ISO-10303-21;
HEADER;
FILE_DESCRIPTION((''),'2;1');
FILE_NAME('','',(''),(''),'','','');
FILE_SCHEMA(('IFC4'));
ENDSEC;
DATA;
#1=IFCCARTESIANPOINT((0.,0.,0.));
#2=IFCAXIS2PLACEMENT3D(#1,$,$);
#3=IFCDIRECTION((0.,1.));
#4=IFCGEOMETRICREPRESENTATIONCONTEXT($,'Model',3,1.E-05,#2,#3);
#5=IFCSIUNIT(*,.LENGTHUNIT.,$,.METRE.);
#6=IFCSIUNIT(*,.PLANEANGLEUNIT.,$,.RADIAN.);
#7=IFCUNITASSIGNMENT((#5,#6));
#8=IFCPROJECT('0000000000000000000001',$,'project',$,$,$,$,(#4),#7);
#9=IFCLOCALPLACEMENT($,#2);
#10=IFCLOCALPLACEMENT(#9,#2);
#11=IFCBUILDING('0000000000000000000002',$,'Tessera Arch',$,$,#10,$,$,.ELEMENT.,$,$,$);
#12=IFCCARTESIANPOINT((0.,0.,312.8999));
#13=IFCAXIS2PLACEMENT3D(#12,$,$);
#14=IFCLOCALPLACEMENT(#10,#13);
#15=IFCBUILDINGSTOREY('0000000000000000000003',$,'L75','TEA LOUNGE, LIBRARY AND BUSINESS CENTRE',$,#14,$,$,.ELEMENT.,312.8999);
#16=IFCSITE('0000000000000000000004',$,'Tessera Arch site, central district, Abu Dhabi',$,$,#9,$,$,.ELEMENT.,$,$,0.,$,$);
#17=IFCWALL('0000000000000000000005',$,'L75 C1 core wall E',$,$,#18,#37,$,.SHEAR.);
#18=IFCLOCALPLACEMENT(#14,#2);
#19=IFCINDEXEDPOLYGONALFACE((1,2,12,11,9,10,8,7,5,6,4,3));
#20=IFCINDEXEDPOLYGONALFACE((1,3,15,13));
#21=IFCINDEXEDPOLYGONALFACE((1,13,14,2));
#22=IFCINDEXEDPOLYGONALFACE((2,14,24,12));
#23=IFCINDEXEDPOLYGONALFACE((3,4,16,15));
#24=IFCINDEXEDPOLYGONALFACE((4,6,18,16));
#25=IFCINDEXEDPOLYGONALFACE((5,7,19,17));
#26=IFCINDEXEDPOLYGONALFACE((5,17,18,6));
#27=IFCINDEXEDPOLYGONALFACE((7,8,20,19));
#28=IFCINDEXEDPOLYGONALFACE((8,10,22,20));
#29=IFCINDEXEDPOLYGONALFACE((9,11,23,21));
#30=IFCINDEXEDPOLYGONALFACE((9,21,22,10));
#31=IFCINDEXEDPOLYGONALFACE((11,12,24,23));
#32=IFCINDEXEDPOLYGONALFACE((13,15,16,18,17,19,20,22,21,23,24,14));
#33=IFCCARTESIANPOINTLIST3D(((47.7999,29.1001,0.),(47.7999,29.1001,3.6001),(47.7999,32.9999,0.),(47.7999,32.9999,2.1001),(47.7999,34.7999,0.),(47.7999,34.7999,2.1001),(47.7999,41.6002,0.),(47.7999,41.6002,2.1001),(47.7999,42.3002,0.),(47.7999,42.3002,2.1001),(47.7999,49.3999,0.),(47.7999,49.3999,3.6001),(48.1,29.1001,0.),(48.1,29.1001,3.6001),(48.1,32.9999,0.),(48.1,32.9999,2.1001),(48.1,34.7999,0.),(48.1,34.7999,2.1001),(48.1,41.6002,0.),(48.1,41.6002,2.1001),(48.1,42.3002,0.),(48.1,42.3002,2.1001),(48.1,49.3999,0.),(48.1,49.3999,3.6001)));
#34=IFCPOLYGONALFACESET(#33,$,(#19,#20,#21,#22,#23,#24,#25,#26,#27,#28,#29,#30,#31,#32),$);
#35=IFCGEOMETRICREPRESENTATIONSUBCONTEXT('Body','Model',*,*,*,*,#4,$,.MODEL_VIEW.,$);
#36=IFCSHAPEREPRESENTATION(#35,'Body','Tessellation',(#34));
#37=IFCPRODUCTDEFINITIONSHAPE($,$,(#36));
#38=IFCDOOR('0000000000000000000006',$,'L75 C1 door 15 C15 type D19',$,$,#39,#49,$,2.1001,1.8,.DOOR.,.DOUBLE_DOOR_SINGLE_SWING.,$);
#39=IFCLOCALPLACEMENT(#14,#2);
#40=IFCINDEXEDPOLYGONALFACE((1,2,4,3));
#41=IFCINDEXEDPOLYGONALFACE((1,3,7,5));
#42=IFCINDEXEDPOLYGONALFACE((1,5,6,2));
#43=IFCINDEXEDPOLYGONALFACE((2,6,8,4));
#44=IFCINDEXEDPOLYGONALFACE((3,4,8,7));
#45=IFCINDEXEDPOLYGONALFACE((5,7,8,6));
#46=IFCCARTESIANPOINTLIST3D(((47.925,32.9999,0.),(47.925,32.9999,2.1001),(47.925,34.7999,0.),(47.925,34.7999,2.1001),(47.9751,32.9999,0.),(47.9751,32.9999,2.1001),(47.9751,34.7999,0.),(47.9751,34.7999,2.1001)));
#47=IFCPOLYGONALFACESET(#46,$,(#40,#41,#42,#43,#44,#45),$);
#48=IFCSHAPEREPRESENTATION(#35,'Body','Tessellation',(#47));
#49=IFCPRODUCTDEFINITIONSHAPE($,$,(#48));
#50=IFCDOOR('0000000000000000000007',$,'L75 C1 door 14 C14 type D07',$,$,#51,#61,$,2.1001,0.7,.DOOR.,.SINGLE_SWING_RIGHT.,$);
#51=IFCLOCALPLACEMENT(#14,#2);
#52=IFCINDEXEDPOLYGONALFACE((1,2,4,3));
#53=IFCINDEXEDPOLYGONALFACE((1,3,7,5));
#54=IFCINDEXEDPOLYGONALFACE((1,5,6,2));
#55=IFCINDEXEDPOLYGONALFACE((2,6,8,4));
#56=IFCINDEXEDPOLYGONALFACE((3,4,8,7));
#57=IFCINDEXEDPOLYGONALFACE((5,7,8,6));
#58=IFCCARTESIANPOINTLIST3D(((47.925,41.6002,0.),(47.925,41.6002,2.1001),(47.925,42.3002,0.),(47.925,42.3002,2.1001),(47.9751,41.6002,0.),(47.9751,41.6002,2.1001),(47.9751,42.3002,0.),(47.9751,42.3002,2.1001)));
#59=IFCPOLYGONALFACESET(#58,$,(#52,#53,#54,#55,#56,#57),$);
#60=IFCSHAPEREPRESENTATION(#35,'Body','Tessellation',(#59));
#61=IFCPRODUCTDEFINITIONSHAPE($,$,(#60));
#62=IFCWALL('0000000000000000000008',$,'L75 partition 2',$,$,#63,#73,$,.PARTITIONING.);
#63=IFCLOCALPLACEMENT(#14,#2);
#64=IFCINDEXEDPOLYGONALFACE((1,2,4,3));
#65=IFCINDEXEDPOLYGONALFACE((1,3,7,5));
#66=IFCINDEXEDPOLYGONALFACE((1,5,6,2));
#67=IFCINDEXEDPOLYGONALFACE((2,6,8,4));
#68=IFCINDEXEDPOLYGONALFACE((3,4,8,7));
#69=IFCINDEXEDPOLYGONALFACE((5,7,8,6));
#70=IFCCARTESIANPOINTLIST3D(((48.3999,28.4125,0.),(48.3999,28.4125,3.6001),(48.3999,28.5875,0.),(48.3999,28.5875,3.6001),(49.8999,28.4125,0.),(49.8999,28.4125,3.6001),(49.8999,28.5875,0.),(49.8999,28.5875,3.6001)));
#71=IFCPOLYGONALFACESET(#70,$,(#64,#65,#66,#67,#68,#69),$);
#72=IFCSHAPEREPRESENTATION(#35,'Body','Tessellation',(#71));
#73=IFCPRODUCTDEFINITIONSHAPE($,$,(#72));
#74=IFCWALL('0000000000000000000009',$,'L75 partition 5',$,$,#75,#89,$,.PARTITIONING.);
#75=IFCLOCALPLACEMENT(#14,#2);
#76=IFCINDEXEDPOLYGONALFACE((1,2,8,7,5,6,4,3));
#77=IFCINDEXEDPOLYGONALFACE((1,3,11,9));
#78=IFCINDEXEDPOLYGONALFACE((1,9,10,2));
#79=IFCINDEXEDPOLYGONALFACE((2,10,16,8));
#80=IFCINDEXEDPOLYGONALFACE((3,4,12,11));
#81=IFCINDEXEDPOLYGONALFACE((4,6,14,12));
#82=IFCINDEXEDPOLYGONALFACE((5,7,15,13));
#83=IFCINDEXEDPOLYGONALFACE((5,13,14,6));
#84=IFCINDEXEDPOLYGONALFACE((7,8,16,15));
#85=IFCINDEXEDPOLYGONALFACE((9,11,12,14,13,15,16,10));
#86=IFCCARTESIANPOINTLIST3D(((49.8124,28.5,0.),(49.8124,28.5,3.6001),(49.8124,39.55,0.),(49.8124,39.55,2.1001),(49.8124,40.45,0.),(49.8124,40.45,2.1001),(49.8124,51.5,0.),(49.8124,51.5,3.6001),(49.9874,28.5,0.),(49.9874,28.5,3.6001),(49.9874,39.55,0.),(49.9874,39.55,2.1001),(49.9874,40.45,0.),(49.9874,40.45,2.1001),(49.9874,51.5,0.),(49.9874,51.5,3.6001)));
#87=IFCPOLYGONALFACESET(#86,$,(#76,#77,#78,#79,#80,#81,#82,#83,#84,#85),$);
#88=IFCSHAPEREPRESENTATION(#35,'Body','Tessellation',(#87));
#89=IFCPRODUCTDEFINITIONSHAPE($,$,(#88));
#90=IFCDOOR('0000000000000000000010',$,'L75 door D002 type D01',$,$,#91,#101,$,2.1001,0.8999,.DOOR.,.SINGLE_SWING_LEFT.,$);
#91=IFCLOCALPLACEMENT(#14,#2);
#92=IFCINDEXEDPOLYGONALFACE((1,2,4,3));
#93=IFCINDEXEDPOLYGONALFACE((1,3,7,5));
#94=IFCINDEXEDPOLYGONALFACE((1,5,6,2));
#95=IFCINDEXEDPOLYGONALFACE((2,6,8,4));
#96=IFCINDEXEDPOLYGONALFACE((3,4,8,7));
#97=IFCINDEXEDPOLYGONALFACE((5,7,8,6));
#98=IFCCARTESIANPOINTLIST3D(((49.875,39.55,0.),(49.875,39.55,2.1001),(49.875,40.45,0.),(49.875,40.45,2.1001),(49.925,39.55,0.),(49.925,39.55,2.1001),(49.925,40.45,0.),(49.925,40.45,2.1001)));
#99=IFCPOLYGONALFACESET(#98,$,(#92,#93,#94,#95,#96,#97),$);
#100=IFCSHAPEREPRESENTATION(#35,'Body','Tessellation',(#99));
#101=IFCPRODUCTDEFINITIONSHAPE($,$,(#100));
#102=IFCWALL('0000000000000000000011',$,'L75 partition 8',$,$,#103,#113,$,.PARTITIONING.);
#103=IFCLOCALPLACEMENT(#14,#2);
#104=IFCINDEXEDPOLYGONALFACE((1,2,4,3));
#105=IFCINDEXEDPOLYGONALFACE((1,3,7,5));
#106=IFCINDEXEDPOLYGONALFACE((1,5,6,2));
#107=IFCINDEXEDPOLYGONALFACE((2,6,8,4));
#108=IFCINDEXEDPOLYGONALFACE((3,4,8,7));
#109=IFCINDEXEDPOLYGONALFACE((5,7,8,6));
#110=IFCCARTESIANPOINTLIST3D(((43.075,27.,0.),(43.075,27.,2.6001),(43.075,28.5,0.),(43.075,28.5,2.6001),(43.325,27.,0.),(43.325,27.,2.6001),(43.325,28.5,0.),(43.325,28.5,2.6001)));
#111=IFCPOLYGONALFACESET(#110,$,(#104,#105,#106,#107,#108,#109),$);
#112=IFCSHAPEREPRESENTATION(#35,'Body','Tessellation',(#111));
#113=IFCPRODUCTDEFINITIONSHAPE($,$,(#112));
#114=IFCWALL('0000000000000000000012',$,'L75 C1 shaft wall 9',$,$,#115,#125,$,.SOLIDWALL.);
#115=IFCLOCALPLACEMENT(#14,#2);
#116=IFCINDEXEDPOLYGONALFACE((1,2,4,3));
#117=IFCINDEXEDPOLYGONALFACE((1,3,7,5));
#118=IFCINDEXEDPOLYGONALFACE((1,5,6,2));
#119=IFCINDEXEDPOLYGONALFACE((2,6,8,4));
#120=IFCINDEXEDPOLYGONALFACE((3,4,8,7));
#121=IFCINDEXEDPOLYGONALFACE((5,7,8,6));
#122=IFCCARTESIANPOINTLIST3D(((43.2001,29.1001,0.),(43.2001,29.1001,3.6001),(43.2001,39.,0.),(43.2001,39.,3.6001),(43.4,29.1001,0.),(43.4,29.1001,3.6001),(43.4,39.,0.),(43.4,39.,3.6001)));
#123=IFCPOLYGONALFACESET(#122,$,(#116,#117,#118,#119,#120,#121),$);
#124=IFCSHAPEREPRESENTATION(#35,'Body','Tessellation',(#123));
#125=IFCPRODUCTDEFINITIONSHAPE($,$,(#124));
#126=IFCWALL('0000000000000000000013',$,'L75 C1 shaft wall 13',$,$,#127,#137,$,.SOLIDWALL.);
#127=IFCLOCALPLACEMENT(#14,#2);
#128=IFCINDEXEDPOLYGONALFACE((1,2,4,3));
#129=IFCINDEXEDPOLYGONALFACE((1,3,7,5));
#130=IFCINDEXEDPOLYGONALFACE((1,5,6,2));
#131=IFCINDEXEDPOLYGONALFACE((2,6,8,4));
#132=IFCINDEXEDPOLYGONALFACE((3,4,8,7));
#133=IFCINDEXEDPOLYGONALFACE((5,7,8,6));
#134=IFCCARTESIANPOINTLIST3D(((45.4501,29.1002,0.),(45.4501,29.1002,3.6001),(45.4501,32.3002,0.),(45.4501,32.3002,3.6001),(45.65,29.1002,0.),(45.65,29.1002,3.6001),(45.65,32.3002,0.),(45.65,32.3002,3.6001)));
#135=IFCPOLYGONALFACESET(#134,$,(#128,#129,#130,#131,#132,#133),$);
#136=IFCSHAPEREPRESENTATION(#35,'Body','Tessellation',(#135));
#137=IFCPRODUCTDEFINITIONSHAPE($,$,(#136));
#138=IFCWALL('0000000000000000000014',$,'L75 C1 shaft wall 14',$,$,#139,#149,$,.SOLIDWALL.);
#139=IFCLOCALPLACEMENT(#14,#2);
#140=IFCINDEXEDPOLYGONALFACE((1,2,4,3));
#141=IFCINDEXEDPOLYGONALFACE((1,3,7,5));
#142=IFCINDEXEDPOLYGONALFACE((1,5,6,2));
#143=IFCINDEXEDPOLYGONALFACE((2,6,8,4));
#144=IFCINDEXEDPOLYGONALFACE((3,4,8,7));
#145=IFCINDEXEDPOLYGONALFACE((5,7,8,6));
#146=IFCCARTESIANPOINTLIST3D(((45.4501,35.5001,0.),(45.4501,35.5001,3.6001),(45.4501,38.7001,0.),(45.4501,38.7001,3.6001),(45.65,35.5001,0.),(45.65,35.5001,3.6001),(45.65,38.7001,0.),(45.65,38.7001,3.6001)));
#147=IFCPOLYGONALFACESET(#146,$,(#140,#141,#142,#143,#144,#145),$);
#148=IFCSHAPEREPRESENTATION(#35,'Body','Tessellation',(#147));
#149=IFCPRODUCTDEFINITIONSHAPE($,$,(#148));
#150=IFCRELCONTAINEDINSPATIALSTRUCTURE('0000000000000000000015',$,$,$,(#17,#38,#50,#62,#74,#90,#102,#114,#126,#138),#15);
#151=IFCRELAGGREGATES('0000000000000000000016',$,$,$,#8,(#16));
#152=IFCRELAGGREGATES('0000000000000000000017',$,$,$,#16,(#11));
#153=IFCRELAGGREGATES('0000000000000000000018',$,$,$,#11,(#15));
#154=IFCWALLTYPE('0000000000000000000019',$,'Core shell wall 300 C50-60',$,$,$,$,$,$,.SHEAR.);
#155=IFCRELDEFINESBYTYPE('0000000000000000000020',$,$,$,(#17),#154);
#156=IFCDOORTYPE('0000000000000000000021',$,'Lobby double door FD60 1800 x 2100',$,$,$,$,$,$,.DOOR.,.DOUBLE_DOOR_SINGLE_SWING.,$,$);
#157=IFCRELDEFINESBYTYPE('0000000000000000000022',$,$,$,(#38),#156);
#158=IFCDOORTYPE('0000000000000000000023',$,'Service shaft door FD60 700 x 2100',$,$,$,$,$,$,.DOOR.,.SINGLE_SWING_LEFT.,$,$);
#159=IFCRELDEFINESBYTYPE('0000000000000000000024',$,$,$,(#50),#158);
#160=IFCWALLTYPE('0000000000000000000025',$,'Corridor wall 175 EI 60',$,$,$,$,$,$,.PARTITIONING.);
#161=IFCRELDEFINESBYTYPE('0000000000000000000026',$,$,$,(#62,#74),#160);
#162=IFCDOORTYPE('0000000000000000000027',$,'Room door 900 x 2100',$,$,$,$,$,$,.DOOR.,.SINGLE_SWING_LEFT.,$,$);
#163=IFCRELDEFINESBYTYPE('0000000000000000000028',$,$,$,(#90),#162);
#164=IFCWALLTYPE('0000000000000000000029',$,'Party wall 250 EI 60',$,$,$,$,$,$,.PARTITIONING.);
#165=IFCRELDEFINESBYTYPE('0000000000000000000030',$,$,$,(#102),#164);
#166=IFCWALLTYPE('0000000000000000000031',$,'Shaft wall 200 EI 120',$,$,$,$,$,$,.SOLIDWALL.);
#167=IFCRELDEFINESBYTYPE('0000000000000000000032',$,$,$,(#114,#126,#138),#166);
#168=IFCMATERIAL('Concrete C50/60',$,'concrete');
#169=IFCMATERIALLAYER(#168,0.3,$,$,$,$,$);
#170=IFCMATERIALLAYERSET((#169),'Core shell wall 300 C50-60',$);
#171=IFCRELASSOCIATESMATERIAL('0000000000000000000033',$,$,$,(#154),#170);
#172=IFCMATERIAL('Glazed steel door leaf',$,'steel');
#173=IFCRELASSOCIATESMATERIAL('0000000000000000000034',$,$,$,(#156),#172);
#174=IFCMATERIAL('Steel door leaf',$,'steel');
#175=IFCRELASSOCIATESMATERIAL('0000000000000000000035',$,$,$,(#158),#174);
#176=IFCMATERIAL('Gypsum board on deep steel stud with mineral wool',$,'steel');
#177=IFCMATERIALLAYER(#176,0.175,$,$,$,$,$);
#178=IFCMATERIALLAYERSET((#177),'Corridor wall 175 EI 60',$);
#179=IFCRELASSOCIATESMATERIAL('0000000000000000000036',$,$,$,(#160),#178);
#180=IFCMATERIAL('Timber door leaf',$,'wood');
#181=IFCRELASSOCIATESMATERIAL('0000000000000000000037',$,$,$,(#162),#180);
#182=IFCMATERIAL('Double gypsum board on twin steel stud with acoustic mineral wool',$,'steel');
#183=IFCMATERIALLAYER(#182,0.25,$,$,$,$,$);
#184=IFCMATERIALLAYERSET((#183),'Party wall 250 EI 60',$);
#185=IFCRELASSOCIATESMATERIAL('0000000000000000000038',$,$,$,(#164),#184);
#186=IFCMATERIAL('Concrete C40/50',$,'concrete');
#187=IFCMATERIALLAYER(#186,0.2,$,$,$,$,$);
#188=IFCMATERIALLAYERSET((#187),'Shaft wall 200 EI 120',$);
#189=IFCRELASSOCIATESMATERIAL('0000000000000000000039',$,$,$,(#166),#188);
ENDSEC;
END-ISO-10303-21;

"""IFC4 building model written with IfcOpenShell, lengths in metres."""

from ifc_helpers import new_model, si_unit, direction, frame, frame_2d, origin, place, context, subcontext, project, spatial, rectangle, extrude, material, layer, layer_set, type_object, element, fill, save


model = new_model("IFC4")

# Units and contexts
model_context = context("Model", 3, precision=1e-05, world=origin(), true_north=direction((0.0, 1.0)))
body_context = subcontext(model_context, "Body", "Model", "MODEL_VIEW")
ifc_project = project(units=[si_unit("LENGTHUNIT", "METRE"), si_unit("PLANEANGLEUNIT", "RADIAN")], contexts=[model_context])

# Site, building, storey
site_placement = place(None, origin())
site = spatial("IfcSite", under=ifc_project, at=site_placement, Name="Tessera Arch site, central district, Abu Dhabi", CompositionType="ELEMENT", RefElevation=0.0)
building_placement = place(site_placement, origin())
building = spatial("IfcBuilding", under=site, at=building_placement, Name="Tessera Arch", CompositionType="ELEMENT")
storey_placement = place(building_placement, frame((0.0, 0.0, 312.8999)))
storey = spatial("IfcBuildingStorey", under=building, at=storey_placement, Name="L75", Description="TEA LOUNGE, LIBRARY AND BUSINESS CENTRE", CompositionType="ELEMENT", Elevation=312.8999)

# Wall, openings, doors
ifc_material_1 = material(Name="Concrete C50/60", Category="concrete")
ifc_layer_1 = layer(ifc_material_1, 0.3)
ifc_layer_set_1 = layer_set([ifc_layer_1], Name="Core shell wall 300 C50-60")
wall_type_1 = type_object("IfcWallType", Name="Core shell wall 300 C50-60", PredefinedType="SHEAR", material=ifc_layer_set_1)
wall_1_placement = place(storey_placement, frame((47.95, 29.1001, 0.0), z_axis=(0.0, 0.0, 1.0), x_axis=(0.0, 1.0, 0.0)))
wall_1 = element("IfcWall", 1, at=wall_1_placement, inside=storey, type_object=wall_type_1, Name="L75 C1 core wall E", PredefinedType="SHEAR", context=body_context, shape_type="SweptSolid", body=[
    extrude(rectangle(XDim=20.2998, YDim=0.3, at=frame_2d((10.1499, 0.0))), origin(), (0.0, 0.0, 1.0), 3.6001),
])
opening_1_placement = place(wall_1_placement, frame((12.5, 0.0, 0.0)))
opening_1 = element("IfcOpeningElement", 2, at=opening_1_placement, cuts=wall_1, PredefinedType="OPENING", context=body_context, shape_type="SweptSolid", body=[
    extrude(rectangle(XDim=0.7, YDim=2.1001, at=frame_2d((0.3501, 1.05))), frame((0.0, 0.1599, 0.0), z_axis=(0.0, -1.0, 0.0), x_axis=(1.0, 0.0, 0.0)), (0.0, 0.0, 1.0), 0.3201),
])
opening_2_placement = place(wall_1_placement, frame((3.8999, 0.0, 0.0)))
opening_2 = element("IfcOpeningElement", 3, at=opening_2_placement, cuts=wall_1, PredefinedType="OPENING", context=body_context, shape_type="SweptSolid", body=[
    extrude(rectangle(XDim=1.8, YDim=2.1001, at=frame_2d((0.8999, 1.05))), frame((0.0, 0.1599, 0.0), z_axis=(0.0, -1.0, 0.0), x_axis=(1.0, 0.0, 0.0)), (0.0, 0.0, 1.0), 0.3201),
])
ifc_material_2 = material(Name="Glazed steel door leaf", Category="steel")
door_type_1 = type_object("IfcDoorType", Name="Lobby double door FD60 1800 x 2100", OperationType="DOUBLE_DOOR_SINGLE_SWING", PredefinedType="DOOR", material=ifc_material_2)
door_1_placement = place(opening_2_placement, origin())
door_1 = element("IfcDoor", 4, at=door_1_placement, inside=storey, type_object=door_type_1, Name="L75 C1 door 15 C15 type D19", OperationType="DOUBLE_DOOR_SINGLE_SWING", OverallHeight=2.1001, OverallWidth=1.8, PredefinedType="DOOR", context=body_context, shape_type="SweptSolid", body=[
    extrude(rectangle(XDim=1.8, YDim=2.1001, at=frame_2d((0.8999, 1.05))), frame((0.0, 0.0249, 0.0), z_axis=(0.0, -1.0, 0.0), x_axis=(1.0, 0.0, 0.0)), (0.0, 0.0, 1.0), 0.05),
])
fill(opening_2, door_1)
ifc_material_3 = material(Name="Steel door leaf", Category="steel")
door_type_2 = type_object("IfcDoorType", Name="Service shaft door FD60 700 x 2100", OperationType="SINGLE_SWING_LEFT", PredefinedType="DOOR", material=ifc_material_3)
door_2_placement = place(opening_1_placement, origin())
door_2 = element("IfcDoor", 5, at=door_2_placement, inside=storey, type_object=door_type_2, Name="L75 C1 door 14 C14 type D07", OperationType="SINGLE_SWING_RIGHT", OverallHeight=2.1001, OverallWidth=0.7, PredefinedType="DOOR", context=body_context, shape_type="SweptSolid", body=[
    extrude(rectangle(XDim=0.7, YDim=2.1001, at=frame_2d((0.3501, 1.05))), frame((0.0, 0.0249, 0.0), z_axis=(0.0, -1.0, 0.0), x_axis=(1.0, 0.0, 0.0)), (0.0, 0.0, 1.0), 0.05),
])
fill(opening_1, door_2)

# Wall
ifc_material_4 = material(Name="Gypsum board on deep steel stud with mineral wool", Category="steel")
ifc_layer_2 = layer(ifc_material_4, 0.175)
ifc_layer_set_2 = layer_set([ifc_layer_2], Name="Corridor wall 175 EI 60")
wall_type_2 = type_object("IfcWallType", Name="Corridor wall 175 EI 60", PredefinedType="PARTITIONING", material=ifc_layer_set_2)
wall_2_placement = place(storey_placement, frame((48.3999, 28.5, 0.0), z_axis=(0.0, 0.0, 1.0), x_axis=(1.0, 0.0, 0.0)))
element("IfcWall", 6, at=wall_2_placement, inside=storey, type_object=wall_type_2, Name="L75 partition 2", PredefinedType="PARTITIONING", context=body_context, shape_type="SweptSolid", body=[
    extrude(rectangle(XDim=1.5, YDim=0.175, at=frame_2d((0.75, 0.0))), origin(), (0.0, 0.0, 1.0), 3.6001),
])

# Wall, opening, door
wall_3_placement = place(storey_placement, frame((49.8999, 28.5, 0.0), z_axis=(0.0, 0.0, 1.0), x_axis=(0.0, 1.0, 0.0)))
wall_3 = element("IfcWall", 7, at=wall_3_placement, inside=storey, type_object=wall_type_2, Name="L75 partition 5", PredefinedType="PARTITIONING", context=body_context, shape_type="SweptSolid", body=[
    extrude(rectangle(XDim=23.0, YDim=0.175, at=frame_2d((11.5, 0.0))), origin(), (0.0, 0.0, 1.0), 3.6001),
])
opening_3_placement = place(wall_3_placement, frame((11.05, 0.0, 0.0)))
opening_3 = element("IfcOpeningElement", 8, at=opening_3_placement, cuts=wall_3, PredefinedType="OPENING", context=body_context, shape_type="SweptSolid", body=[
    extrude(rectangle(XDim=0.8999, YDim=2.1001, at=frame_2d((0.45, 1.05))), frame((0.0, 0.0974, 0.0), z_axis=(0.0, -1.0, 0.0), x_axis=(1.0, 0.0, 0.0)), (0.0, 0.0, 1.0), 0.1951),
])
ifc_material_5 = material(Name="Timber door leaf", Category="wood")
door_type_3 = type_object("IfcDoorType", Name="Room door 900 x 2100", OperationType="SINGLE_SWING_LEFT", PredefinedType="DOOR", material=ifc_material_5)
door_3_placement = place(opening_3_placement, origin())
door_3 = element("IfcDoor", 9, at=door_3_placement, inside=storey, type_object=door_type_3, Name="L75 door D002 type D01", OperationType="SINGLE_SWING_LEFT", OverallHeight=2.1001, OverallWidth=0.8999, PredefinedType="DOOR", context=body_context, shape_type="SweptSolid", body=[
    extrude(rectangle(XDim=0.8999, YDim=2.1001, at=frame_2d((0.45, 1.05))), frame((0.0, 0.0249, 0.0), z_axis=(0.0, -1.0, 0.0), x_axis=(1.0, 0.0, 0.0)), (0.0, 0.0, 1.0), 0.05),
])
fill(opening_3, door_3)

# Walls
ifc_material_6 = material(Name="Double gypsum board on twin steel stud with acoustic mineral wool", Category="steel")
ifc_layer_3 = layer(ifc_material_6, 0.25)
ifc_layer_set_3 = layer_set([ifc_layer_3], Name="Party wall 250 EI 60")
wall_type_3 = type_object("IfcWallType", Name="Party wall 250 EI 60", PredefinedType="PARTITIONING", material=ifc_layer_set_3)
wall_4_placement = place(storey_placement, frame((43.2, 27.0, 0.0), z_axis=(0.0, 0.0, 1.0), x_axis=(0.0, 1.0, 0.0)))
element("IfcWall", 10, at=wall_4_placement, inside=storey, type_object=wall_type_3, Name="L75 partition 8", PredefinedType="PARTITIONING", context=body_context, shape_type="SweptSolid", body=[
    extrude(rectangle(XDim=1.5, YDim=0.25, at=frame_2d((0.75, 0.0))), origin(), (0.0, 0.0, 1.0), 2.6001),
])
ifc_material_7 = material(Name="Concrete C40/50", Category="concrete")
ifc_layer_4 = layer(ifc_material_7, 0.2)
ifc_layer_set_4 = layer_set([ifc_layer_4], Name="Shaft wall 200 EI 120")
wall_type_4 = type_object("IfcWallType", Name="Shaft wall 200 EI 120", PredefinedType="SOLIDWALL", material=ifc_layer_set_4)
wall_5_placement = place(storey_placement, frame((43.3, 29.1001, 0.0), z_axis=(0.0, 0.0, 1.0), x_axis=(0.0, 1.0, 0.0)))
element("IfcWall", 11, at=wall_5_placement, inside=storey, type_object=wall_type_4, Name="L75 C1 shaft wall 9", PredefinedType="SOLIDWALL", context=body_context, shape_type="SweptSolid", body=[
    extrude(rectangle(XDim=9.8999, YDim=0.2, at=frame_2d((4.95, 0.0))), origin(), (0.0, 0.0, 1.0), 3.6001),
])
for number, where, z_axis, x_axis, name in (
    (12, (45.55, 29.1001, 0.0), (0.0, 0.0, 1.0), (0.0, 1.0, 0.0), "L75 C1 shaft wall 13"),
    (13, (45.55, 35.5, 0.0), (0.0, 0.0, 1.0), (0.0, 1.0, 0.0), "L75 C1 shaft wall 14"),
):
    element("IfcWall", number, at=place(storey_placement, frame(where, z_axis=z_axis, x_axis=x_axis)), inside=storey, type_object=wall_type_4, Name=name, PredefinedType="SOLIDWALL", context=body_context, shape_type="SweptSolid", body=[
        extrude(rectangle(XDim=3.2, YDim=0.2, at=frame_2d((1.6001, 0.0))), origin(), (0.0, 0.0, 1.0), 3.6001),
    ])

save(model, "model.ifc")
